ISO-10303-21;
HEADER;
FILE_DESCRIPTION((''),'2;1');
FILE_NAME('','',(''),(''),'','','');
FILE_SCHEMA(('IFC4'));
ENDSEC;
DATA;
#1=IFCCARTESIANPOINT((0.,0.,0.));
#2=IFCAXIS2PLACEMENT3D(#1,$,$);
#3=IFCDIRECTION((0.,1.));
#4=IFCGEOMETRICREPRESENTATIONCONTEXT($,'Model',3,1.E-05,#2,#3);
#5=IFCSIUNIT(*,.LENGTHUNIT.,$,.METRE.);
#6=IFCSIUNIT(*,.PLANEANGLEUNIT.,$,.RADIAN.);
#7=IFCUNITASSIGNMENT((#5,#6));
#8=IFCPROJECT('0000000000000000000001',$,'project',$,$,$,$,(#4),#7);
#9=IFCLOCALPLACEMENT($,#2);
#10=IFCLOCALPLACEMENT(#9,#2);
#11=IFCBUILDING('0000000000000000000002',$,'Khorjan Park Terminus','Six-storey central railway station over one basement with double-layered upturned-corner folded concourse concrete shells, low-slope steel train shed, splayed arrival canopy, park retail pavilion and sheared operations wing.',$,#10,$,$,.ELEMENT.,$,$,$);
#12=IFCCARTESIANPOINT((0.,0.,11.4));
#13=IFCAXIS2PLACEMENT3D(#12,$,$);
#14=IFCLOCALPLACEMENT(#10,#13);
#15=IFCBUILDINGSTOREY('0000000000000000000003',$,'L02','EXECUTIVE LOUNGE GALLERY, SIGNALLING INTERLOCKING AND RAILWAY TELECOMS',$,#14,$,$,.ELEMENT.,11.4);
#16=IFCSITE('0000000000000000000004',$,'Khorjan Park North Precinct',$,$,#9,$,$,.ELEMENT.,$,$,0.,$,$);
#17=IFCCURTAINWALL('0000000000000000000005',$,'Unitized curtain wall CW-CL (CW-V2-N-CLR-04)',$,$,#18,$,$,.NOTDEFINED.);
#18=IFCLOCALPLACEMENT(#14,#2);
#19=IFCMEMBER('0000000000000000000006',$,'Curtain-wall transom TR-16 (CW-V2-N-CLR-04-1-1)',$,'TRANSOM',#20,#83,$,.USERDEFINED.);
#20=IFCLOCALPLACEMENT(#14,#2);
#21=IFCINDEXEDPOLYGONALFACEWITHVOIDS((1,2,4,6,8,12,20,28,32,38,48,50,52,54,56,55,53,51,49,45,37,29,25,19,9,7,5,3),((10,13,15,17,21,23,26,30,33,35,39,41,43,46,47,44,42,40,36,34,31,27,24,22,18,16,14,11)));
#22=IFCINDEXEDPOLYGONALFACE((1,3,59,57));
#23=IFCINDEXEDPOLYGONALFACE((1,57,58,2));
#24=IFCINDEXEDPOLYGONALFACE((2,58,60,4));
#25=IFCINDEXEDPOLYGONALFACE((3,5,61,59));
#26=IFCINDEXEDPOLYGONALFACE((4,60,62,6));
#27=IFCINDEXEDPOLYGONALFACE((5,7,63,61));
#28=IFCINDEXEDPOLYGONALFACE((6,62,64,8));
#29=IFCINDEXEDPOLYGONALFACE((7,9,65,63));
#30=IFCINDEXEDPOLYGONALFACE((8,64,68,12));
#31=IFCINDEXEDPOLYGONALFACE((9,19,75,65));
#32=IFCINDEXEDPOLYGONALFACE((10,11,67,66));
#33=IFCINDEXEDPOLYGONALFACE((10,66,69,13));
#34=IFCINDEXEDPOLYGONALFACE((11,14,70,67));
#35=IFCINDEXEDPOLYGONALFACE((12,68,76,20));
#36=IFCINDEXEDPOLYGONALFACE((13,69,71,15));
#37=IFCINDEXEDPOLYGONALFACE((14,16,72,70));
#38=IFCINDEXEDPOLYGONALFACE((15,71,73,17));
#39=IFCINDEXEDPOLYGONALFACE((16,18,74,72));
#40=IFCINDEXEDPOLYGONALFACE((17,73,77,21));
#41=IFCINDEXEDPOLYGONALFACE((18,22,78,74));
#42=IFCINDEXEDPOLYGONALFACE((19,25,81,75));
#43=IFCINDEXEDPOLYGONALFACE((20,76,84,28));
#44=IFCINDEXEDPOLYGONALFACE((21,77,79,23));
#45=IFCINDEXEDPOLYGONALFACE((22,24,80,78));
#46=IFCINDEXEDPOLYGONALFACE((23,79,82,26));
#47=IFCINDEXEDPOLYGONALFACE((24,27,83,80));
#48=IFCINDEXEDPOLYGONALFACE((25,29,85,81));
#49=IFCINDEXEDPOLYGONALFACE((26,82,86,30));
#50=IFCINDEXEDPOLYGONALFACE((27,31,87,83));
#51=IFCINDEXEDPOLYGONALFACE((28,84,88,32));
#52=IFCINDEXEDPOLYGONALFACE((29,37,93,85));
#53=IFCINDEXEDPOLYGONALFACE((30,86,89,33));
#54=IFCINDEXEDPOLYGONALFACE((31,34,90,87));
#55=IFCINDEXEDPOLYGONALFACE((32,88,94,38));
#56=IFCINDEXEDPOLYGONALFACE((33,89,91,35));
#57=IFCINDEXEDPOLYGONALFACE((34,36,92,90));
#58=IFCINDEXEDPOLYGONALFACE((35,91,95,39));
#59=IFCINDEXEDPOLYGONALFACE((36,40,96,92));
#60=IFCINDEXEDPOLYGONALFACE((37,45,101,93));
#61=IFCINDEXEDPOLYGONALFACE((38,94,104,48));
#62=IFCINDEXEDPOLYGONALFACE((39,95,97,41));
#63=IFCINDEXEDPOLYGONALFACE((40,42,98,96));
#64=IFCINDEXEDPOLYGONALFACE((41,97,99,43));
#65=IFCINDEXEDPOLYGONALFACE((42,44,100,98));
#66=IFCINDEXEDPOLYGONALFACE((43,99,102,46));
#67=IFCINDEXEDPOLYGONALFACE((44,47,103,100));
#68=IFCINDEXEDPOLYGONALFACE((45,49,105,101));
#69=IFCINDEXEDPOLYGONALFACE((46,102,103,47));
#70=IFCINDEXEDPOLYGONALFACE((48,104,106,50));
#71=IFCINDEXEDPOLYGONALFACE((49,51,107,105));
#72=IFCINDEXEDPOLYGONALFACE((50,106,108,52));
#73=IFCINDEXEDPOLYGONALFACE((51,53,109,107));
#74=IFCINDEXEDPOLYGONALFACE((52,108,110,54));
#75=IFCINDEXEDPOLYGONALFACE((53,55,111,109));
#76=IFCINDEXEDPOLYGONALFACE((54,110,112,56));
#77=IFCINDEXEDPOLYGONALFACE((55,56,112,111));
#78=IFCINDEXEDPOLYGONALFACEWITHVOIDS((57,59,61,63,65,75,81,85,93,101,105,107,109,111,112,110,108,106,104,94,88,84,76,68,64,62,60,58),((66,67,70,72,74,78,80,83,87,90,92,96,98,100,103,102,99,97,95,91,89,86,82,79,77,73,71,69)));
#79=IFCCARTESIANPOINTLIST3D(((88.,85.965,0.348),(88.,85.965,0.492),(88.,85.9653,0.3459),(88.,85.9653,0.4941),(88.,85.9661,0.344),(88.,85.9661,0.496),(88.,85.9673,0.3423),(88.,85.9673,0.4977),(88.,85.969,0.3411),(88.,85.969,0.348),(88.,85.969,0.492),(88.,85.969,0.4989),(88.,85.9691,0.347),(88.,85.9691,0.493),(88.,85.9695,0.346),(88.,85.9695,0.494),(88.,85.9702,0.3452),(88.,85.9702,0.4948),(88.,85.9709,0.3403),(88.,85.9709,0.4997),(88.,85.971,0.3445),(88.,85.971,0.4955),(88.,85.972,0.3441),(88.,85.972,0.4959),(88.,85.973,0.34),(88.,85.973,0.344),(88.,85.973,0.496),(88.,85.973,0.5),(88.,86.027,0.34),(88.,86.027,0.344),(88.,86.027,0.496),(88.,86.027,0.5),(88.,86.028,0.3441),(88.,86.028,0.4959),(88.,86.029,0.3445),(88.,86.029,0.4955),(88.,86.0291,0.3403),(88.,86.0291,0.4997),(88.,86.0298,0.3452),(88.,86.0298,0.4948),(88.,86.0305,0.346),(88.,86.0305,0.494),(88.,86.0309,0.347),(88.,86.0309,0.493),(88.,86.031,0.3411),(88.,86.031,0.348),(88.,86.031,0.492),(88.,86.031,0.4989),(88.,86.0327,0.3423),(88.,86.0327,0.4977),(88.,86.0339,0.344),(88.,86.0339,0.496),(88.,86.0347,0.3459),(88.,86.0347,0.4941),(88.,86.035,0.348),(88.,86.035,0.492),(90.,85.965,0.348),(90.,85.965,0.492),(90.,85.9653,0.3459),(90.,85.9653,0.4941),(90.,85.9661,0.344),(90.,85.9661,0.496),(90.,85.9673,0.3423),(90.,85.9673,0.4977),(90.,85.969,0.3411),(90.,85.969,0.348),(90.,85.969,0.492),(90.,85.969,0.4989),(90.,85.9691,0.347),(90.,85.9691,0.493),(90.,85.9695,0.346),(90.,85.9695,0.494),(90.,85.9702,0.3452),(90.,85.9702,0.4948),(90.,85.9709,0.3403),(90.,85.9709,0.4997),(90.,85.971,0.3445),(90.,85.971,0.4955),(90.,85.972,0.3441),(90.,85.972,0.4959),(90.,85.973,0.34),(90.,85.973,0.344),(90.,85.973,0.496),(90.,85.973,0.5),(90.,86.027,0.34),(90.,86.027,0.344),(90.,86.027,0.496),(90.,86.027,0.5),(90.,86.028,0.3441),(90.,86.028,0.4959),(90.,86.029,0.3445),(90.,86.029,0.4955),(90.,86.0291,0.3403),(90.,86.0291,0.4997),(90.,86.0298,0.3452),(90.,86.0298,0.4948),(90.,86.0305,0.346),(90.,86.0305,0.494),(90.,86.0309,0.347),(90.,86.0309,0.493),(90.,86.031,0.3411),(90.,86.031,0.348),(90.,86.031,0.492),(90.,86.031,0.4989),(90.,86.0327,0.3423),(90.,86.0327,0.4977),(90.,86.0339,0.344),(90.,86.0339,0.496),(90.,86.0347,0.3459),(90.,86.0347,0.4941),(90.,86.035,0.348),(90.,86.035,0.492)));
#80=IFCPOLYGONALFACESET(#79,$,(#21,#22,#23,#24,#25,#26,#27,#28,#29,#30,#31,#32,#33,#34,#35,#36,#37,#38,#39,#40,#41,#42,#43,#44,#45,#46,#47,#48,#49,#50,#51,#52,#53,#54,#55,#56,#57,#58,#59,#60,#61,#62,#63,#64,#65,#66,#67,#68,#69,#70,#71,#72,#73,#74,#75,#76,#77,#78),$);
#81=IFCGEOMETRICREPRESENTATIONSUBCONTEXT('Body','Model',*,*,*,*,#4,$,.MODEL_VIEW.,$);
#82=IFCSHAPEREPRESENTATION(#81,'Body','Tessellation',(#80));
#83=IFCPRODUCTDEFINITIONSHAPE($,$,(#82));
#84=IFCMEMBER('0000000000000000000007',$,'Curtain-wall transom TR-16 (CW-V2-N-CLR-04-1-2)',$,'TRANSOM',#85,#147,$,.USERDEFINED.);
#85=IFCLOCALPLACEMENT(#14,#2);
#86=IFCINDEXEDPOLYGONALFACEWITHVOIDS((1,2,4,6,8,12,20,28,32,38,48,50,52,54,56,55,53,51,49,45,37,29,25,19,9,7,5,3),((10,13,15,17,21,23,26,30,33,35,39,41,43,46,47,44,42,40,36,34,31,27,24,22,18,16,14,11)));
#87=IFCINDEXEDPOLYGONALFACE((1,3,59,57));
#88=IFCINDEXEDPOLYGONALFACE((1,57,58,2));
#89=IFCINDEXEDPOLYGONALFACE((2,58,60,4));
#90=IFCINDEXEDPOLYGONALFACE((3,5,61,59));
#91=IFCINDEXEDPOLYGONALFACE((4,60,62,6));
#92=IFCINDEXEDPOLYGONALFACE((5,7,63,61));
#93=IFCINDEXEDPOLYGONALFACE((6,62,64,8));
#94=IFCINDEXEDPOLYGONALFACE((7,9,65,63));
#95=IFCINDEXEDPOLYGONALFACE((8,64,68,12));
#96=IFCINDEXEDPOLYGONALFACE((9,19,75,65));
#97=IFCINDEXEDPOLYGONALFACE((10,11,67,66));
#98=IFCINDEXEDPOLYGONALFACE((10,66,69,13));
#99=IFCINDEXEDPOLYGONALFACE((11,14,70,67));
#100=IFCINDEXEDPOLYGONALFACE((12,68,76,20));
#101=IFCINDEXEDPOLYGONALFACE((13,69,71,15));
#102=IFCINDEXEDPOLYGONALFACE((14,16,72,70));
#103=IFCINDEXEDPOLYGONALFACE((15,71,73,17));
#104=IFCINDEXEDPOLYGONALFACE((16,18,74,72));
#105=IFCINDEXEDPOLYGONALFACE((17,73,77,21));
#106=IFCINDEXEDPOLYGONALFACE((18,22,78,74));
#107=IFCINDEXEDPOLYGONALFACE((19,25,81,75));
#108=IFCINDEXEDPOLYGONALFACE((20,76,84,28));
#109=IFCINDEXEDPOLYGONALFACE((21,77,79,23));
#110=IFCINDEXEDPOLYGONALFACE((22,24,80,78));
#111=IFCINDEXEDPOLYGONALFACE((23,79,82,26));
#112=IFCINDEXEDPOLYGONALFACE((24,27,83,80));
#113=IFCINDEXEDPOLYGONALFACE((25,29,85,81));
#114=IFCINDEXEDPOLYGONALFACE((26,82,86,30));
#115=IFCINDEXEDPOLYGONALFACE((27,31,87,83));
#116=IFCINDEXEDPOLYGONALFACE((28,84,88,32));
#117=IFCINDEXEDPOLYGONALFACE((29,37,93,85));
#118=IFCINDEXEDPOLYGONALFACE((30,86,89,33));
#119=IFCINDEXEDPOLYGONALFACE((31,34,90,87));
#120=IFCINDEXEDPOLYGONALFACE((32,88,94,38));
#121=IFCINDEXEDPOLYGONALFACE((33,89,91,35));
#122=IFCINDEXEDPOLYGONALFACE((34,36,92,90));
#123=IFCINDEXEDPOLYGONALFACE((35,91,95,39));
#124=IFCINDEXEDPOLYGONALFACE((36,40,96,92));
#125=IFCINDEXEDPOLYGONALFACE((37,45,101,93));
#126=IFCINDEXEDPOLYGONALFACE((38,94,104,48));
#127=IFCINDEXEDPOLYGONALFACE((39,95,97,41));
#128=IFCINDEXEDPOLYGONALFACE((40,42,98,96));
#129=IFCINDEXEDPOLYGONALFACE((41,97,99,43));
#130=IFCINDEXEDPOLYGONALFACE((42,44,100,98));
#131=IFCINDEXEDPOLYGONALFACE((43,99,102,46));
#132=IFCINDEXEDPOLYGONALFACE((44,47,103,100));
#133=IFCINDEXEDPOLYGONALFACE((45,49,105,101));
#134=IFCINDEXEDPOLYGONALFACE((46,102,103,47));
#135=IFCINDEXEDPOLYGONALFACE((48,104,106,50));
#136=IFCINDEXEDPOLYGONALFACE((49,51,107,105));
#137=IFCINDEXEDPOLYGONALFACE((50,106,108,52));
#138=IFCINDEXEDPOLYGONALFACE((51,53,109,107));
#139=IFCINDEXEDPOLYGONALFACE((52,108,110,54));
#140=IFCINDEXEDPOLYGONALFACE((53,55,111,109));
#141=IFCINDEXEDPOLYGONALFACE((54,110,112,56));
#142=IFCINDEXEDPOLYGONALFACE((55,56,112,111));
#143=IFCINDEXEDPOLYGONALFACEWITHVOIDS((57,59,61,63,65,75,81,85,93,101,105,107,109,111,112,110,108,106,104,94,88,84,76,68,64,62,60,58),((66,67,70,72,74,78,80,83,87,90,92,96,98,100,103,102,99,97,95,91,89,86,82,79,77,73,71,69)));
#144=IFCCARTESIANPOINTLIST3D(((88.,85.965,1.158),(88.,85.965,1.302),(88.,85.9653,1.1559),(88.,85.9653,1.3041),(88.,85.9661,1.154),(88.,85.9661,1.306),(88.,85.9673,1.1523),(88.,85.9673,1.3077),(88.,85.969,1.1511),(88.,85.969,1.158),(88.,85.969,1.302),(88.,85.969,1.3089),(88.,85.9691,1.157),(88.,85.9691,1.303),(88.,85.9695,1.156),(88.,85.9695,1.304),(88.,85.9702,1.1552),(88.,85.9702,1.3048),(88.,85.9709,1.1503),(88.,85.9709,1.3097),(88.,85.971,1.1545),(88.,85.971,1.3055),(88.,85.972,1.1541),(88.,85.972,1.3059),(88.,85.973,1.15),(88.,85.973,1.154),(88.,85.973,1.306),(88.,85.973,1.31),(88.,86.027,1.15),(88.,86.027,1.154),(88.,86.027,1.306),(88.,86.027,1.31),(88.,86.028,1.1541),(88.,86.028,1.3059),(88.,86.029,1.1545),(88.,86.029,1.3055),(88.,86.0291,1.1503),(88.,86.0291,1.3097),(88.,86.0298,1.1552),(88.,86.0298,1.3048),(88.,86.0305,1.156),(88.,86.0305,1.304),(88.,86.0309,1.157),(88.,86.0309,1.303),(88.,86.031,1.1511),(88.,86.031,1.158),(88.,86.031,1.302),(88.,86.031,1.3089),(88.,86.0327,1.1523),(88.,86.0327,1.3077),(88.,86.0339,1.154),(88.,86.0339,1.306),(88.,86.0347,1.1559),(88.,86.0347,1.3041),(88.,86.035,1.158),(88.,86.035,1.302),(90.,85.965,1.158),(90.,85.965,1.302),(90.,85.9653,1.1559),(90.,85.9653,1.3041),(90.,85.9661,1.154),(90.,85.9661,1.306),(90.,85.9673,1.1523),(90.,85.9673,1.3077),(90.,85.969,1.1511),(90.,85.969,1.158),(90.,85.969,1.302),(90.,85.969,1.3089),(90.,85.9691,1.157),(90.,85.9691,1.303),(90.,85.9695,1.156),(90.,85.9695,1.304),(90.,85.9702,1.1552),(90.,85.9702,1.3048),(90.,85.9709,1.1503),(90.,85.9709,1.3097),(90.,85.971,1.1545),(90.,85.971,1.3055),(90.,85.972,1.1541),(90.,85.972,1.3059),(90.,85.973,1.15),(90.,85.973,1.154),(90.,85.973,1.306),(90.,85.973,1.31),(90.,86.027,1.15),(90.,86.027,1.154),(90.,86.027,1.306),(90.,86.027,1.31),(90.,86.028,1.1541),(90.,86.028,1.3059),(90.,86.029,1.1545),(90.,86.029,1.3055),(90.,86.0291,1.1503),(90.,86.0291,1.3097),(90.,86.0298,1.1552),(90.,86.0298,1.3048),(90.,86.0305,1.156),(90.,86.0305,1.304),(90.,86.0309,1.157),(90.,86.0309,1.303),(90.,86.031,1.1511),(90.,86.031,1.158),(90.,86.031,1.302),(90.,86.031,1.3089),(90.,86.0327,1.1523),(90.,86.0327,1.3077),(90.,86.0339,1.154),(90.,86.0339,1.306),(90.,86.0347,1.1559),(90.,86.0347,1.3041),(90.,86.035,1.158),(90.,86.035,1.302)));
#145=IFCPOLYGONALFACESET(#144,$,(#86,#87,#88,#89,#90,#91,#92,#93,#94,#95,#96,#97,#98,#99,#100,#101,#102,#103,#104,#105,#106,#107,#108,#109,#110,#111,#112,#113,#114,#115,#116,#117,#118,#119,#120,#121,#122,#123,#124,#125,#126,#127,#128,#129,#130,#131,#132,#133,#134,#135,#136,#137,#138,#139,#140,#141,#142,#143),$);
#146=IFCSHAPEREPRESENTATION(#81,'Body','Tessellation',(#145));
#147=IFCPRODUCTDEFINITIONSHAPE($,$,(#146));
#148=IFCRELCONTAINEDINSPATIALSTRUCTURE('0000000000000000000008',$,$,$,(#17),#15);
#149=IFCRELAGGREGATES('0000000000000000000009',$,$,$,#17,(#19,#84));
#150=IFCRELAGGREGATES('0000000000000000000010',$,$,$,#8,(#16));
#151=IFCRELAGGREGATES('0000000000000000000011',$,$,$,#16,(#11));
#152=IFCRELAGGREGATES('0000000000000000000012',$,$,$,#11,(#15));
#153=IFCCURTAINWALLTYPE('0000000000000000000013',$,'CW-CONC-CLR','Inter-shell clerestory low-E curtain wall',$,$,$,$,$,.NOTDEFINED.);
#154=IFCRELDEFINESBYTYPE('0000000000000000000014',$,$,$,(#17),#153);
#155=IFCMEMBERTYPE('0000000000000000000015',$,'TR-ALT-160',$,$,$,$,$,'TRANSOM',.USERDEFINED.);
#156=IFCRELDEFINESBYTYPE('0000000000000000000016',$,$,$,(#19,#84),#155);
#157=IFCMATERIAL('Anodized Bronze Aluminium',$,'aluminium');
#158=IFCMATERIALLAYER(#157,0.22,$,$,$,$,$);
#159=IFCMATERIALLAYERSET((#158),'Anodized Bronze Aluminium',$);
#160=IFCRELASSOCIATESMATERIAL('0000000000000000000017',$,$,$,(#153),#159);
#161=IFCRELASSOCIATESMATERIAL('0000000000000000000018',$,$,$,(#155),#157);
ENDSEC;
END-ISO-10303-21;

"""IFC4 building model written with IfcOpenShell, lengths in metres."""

from ifc_helpers import new_model, si_unit, direction, frame, origin, origin_2d, place, context, subcontext, project, spatial, hollow_rectangle, extrude, material, layer, layer_set, material_profile, profile_set, type_object, element, aggregate, save


model = new_model("IFC4")

# Units and contexts
model_context = context("Model", 3, precision=1e-05, world=origin(), true_north=direction((0.0, 1.0)))
body_context = subcontext(model_context, "Body", "Model", "MODEL_VIEW")
ifc_project = project(units=[si_unit("LENGTHUNIT", "METRE"), si_unit("PLANEANGLEUNIT", "RADIAN")], contexts=[model_context])

# Site, building, storey
site_placement = place(None, origin())
site = spatial("IfcSite", under=ifc_project, at=site_placement, Name="Khorjan Park North Precinct", CompositionType="ELEMENT", RefElevation=0.0)
building_placement = place(site_placement, origin())
building = spatial("IfcBuilding", under=site, at=building_placement, Name="Khorjan Park Terminus", Description="Six-storey central railway station over one basement with double-layered upturned-corner folded concourse concrete shells, low-slope steel train shed, splayed arrival canopy, park retail pavilion and sheared operations wing.", CompositionType="ELEMENT")
storey_placement = place(building_placement, frame((0.0, 0.0, 11.4)))
storey = spatial("IfcBuildingStorey", under=building, at=storey_placement, Name="L02", Description="EXECUTIVE LOUNGE GALLERY, SIGNALLING INTERLOCKING AND RAILWAY TELECOMS", CompositionType="ELEMENT", Elevation=11.4)

# Curtain wall
ifc_material_1 = material(Name="Anodized Bronze Aluminium", Category="aluminium")
ifc_layer_1 = layer(ifc_material_1, 0.22)
ifc_layer_set_1 = layer_set([ifc_layer_1], Name="Anodized Bronze Aluminium")
curtain_wall_type = type_object("IfcCurtainWallType", Name="CW-CONC-CLR", Description="Inter-shell clerestory low-E curtain wall", PredefinedType="NOTDEFINED", material=ifc_layer_set_1)
curtain_wall_1_placement = place(storey_placement, origin())
curtain_wall_1 = element("IfcCurtainWall", 1, at=curtain_wall_1_placement, inside=storey, type_object=curtain_wall_type, Name="Unitized curtain wall CW-CL (CW-V2-N-CLR-04)", PredefinedType="NOTDEFINED")

# Members
ifc_material_profile_1 = material_profile(ifc_material_1, hollow_rectangle(XDim=0.07, YDim=0.16, WallThickness=0.004, InnerFilletRadius=0.004, OuterFilletRadius=0.008, at=origin_2d()), Name="ALT 70x160x4")
ifc_profile_set_1 = profile_set([ifc_material_profile_1], Name="Anodized Bronze Aluminium")
member_type_1 = type_object("IfcMemberType", Name="TR-ALT-160", ElementType="TRANSOM", PredefinedType="USERDEFINED", material=ifc_profile_set_1)
member_1_placement = place(storey_placement, frame((90.0, 86.0, 0.42), z_axis=(-1.0, 0.0, 0.0), x_axis=(0.0, -1.0, 0.0)))
member_1 = element("IfcMember", 2, at=member_1_placement, type_object=member_type_1, Name="Curtain-wall transom TR-16 (CW-V2-N-CLR-04-1-1)", ObjectType="TRANSOM", PredefinedType="USERDEFINED", context=body_context, shape_type="SweptSolid", body=[
    extrude(hollow_rectangle(XDim=0.07, YDim=0.16, WallThickness=0.004, InnerFilletRadius=0.004, OuterFilletRadius=0.008, at=origin_2d()), origin(), (0.0, 0.0, 1.0), 2.0),
])
member_2_placement = place(storey_placement, frame((90.0, 86.0, 1.23), z_axis=(-1.0, 0.0, 0.0), x_axis=(0.0, -1.0, 0.0)))
member_2 = element("IfcMember", 3, at=member_2_placement, type_object=member_type_1, Name="Curtain-wall transom TR-16 (CW-V2-N-CLR-04-1-2)", ObjectType="TRANSOM", PredefinedType="USERDEFINED", context=body_context, shape_type="SweptSolid", body=[
    extrude(hollow_rectangle(XDim=0.07, YDim=0.16, WallThickness=0.004, InnerFilletRadius=0.004, OuterFilletRadius=0.008, at=origin_2d()), origin(), (0.0, 0.0, 1.0), 2.0),
])

aggregate(curtain_wall_1, [member_1, member_2])

save(model, "model.ifc")
